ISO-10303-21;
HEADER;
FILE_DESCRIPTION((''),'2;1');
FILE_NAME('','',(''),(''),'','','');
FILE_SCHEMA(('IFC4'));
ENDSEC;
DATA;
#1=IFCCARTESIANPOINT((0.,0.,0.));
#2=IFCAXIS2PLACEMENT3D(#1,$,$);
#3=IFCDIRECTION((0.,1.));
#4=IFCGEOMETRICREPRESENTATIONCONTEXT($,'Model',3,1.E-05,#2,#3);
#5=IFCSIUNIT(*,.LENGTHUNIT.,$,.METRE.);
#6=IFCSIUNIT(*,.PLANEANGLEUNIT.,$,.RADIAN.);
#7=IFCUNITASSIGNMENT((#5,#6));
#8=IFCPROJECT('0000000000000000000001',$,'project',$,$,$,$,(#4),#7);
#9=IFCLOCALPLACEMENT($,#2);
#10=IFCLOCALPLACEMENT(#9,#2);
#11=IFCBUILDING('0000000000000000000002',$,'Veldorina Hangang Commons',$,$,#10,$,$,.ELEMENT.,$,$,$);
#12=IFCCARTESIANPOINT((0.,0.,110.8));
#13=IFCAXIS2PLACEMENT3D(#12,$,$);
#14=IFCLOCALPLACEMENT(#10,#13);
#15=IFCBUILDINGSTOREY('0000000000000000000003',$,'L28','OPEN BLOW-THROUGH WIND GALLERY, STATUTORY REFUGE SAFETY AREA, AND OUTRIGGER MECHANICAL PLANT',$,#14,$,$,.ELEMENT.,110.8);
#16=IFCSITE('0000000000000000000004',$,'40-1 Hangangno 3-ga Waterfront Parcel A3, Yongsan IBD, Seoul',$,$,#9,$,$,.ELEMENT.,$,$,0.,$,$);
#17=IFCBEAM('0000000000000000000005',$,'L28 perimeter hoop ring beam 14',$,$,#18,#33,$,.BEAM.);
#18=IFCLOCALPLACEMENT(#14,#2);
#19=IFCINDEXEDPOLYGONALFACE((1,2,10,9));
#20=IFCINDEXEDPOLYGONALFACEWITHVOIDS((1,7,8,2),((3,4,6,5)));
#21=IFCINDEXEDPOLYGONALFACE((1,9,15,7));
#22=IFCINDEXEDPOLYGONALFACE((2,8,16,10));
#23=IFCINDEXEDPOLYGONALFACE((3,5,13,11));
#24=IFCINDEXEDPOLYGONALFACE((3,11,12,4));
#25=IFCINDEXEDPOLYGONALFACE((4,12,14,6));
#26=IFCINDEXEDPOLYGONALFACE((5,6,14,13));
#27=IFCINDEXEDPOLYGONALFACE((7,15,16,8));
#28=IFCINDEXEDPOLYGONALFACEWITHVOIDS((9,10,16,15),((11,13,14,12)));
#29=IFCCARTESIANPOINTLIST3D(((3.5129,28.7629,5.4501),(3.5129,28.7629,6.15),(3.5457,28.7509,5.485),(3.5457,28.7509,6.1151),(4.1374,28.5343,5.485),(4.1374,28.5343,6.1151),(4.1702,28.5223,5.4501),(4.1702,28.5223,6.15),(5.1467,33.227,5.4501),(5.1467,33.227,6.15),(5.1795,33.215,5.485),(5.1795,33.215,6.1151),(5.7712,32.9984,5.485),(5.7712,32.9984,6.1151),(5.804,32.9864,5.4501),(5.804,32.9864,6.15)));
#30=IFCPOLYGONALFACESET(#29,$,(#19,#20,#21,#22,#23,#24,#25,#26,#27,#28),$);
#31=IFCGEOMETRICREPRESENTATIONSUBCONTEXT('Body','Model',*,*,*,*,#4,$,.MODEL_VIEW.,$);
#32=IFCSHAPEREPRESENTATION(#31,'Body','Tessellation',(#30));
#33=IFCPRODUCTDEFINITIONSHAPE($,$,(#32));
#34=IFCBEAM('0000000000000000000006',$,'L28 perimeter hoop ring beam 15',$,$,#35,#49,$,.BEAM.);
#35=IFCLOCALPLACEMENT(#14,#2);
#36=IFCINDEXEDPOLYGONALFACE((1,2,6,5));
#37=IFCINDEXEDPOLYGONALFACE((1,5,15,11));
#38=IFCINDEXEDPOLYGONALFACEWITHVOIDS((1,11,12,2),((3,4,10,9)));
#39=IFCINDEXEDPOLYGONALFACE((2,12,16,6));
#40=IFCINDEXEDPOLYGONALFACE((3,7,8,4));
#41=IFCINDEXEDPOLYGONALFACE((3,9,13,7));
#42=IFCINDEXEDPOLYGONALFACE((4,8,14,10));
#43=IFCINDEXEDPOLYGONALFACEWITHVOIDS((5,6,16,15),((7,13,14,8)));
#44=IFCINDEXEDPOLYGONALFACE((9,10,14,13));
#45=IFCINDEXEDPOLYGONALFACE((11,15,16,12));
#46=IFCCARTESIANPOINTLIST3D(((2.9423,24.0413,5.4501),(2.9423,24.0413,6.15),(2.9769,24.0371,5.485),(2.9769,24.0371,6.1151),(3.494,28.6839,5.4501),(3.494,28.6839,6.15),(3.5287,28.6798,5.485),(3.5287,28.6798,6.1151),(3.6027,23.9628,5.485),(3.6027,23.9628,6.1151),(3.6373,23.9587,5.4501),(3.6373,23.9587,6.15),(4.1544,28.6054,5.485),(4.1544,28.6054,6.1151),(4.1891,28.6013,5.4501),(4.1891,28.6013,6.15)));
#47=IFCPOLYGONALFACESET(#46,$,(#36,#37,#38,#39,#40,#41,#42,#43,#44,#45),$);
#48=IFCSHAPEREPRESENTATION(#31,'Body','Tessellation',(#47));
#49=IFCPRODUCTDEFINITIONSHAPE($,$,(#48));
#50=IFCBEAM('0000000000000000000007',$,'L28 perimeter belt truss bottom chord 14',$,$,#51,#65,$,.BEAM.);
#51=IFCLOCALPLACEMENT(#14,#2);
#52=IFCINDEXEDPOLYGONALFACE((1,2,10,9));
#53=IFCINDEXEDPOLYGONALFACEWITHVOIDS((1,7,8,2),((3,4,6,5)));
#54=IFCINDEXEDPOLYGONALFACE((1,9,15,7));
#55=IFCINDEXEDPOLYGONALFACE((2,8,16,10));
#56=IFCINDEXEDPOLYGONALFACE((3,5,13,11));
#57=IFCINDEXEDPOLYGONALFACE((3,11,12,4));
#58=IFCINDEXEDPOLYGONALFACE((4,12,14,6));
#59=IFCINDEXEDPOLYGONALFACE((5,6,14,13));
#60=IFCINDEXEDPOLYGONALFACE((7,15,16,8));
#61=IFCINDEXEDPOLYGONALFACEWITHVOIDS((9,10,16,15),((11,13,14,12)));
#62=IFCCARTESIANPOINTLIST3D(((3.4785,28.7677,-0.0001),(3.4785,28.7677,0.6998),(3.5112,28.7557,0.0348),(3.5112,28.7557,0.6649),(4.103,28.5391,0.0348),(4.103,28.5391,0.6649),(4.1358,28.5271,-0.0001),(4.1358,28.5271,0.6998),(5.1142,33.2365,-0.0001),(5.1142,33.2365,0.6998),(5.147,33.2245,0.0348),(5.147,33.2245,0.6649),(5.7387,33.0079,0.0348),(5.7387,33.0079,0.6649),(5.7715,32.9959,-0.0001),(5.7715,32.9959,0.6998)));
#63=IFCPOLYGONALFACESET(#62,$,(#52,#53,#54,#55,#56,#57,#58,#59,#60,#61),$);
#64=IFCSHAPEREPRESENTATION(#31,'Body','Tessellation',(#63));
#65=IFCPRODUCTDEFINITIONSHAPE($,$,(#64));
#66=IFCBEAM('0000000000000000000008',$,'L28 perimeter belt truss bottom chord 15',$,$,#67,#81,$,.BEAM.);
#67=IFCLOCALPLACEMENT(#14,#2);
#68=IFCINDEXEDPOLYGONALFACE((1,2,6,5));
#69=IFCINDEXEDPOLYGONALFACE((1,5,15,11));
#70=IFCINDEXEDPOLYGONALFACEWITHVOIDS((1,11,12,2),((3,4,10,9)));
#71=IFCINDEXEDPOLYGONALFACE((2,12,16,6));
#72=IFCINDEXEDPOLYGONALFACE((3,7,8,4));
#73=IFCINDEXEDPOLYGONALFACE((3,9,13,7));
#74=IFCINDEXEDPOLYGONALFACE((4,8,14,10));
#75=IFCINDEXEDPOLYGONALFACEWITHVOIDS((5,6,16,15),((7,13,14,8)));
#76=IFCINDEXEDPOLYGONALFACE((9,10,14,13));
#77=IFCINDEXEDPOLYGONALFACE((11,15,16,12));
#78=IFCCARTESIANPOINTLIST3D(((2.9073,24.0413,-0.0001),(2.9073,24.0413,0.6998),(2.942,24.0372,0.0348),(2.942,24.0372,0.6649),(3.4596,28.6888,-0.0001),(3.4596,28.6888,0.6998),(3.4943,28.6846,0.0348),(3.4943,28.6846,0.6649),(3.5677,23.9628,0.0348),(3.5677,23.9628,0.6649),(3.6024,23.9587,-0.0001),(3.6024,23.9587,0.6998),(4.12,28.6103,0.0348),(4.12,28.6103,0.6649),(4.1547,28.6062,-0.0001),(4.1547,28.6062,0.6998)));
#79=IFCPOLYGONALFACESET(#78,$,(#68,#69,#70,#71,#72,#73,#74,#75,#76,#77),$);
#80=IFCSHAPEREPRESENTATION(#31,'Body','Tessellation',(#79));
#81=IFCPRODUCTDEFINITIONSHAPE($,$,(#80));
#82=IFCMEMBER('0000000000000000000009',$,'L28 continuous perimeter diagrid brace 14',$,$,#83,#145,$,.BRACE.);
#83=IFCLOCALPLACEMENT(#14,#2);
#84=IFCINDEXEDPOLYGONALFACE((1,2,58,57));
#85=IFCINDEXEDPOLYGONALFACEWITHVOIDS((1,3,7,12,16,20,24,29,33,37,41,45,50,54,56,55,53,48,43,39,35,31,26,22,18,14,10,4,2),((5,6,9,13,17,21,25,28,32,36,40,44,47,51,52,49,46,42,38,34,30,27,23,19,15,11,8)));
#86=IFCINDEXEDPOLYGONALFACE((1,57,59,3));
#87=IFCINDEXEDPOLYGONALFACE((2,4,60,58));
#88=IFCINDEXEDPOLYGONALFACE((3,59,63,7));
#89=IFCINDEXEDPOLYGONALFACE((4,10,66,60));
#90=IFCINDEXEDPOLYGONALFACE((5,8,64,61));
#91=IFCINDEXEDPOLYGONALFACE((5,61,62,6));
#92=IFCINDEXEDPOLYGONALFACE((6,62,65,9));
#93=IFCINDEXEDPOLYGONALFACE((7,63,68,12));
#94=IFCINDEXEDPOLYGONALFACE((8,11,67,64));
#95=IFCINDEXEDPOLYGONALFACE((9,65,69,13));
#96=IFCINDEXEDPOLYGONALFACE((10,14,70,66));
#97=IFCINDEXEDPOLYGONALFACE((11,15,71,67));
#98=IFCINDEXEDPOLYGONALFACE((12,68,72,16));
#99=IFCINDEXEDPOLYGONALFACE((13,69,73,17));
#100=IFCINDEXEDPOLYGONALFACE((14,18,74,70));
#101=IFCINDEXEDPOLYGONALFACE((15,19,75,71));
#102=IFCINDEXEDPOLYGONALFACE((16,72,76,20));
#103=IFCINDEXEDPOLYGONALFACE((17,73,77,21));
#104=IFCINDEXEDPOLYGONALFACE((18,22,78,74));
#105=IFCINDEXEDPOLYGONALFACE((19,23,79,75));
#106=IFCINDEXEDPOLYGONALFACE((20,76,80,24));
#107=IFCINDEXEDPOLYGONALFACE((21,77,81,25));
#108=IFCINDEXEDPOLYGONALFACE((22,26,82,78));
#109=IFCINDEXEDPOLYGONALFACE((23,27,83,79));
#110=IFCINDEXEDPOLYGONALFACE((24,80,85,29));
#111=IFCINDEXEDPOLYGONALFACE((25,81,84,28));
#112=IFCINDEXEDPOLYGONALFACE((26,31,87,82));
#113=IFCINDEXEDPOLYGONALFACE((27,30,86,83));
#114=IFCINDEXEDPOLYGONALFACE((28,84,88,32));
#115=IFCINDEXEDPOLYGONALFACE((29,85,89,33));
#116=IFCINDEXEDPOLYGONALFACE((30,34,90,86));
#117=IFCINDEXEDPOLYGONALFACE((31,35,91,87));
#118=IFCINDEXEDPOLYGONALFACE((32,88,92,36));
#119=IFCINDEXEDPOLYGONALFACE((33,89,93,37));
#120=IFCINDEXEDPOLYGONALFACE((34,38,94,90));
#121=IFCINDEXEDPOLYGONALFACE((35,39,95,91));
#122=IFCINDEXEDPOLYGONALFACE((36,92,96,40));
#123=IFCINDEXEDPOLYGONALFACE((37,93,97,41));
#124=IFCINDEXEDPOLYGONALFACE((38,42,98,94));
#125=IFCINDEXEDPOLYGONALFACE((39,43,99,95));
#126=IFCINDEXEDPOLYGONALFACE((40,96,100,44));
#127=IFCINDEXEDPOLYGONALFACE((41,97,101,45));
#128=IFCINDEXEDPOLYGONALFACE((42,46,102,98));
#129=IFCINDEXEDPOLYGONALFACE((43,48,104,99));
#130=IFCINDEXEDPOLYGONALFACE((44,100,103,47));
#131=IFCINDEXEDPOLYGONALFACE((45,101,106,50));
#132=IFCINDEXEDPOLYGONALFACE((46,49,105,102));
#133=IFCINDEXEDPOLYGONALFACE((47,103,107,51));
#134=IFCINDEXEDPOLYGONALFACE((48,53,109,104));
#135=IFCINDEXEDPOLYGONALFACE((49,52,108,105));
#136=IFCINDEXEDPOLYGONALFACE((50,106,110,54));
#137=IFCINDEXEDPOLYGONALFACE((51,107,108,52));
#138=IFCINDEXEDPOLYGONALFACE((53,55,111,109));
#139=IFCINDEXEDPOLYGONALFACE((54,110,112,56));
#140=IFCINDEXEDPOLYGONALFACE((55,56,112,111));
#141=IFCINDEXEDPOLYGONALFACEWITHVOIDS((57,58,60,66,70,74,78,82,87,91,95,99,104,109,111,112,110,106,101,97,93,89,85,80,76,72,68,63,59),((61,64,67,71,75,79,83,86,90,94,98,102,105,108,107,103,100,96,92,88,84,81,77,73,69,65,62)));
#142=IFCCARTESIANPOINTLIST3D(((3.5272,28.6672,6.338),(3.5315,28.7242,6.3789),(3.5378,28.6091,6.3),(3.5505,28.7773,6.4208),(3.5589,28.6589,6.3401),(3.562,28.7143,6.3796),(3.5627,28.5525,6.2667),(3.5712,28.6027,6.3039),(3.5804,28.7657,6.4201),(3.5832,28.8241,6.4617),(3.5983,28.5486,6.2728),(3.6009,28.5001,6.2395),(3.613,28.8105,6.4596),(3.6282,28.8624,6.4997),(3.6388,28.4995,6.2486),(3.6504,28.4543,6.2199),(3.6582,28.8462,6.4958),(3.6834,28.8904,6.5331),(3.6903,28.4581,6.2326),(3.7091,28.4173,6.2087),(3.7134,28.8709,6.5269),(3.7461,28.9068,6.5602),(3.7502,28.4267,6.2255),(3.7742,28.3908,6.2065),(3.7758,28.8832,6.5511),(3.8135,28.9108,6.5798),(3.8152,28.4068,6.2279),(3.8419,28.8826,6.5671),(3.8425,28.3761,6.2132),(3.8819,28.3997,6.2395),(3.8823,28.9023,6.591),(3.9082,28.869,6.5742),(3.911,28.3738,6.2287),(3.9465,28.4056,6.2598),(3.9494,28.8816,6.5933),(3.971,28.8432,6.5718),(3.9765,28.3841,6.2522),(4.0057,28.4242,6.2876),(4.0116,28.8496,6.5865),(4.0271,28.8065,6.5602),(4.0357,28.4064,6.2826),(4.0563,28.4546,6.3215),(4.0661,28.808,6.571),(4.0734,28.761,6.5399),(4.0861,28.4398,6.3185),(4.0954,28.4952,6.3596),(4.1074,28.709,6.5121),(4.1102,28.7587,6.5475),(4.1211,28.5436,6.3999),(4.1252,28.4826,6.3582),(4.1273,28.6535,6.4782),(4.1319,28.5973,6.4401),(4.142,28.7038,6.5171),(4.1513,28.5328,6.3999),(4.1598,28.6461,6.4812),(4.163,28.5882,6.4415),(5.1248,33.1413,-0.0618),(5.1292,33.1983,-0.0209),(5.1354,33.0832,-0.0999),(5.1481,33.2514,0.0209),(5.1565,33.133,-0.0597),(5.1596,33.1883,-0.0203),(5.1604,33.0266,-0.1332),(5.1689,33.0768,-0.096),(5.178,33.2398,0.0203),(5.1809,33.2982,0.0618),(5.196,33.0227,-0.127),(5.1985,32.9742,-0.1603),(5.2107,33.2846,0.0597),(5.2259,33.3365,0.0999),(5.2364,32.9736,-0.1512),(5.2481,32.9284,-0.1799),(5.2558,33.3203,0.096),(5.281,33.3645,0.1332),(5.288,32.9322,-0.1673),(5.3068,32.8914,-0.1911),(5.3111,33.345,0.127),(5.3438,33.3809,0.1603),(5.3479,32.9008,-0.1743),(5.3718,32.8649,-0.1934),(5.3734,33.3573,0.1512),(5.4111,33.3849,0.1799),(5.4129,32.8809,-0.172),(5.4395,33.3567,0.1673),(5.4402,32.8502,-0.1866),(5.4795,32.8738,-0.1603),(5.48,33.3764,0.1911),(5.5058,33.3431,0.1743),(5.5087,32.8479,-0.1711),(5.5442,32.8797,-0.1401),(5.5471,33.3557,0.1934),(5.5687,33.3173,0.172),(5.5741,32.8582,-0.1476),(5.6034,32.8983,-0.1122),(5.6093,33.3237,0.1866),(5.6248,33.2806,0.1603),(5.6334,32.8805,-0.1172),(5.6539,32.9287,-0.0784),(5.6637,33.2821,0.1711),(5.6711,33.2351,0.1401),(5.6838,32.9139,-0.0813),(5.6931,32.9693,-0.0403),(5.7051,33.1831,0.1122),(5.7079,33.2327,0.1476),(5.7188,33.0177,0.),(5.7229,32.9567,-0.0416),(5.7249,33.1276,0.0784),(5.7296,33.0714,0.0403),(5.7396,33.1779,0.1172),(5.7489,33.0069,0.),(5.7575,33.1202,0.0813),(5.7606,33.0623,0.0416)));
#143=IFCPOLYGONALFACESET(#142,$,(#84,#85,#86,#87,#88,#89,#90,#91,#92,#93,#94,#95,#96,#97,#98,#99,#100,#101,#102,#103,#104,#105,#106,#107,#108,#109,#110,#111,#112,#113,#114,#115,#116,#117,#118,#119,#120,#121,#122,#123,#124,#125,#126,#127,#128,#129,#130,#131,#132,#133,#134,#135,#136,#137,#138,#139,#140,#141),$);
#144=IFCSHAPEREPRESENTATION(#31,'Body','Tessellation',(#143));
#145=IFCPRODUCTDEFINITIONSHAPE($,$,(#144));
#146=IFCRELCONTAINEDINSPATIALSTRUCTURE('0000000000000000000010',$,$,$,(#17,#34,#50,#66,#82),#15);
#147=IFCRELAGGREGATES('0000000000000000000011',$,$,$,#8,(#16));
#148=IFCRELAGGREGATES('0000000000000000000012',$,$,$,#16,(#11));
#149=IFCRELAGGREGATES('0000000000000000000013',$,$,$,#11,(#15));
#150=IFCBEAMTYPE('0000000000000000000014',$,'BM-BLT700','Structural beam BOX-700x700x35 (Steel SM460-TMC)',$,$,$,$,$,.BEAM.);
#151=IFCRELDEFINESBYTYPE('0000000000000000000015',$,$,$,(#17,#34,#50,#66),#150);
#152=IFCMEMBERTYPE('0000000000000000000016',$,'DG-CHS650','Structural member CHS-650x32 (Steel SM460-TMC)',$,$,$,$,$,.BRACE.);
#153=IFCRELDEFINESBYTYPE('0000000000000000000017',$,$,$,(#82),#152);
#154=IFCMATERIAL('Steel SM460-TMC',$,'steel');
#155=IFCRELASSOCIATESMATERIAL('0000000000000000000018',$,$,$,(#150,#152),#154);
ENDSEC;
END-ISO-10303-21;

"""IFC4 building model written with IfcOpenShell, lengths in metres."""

from ifc_helpers import new_model, si_unit, direction, frame, origin, origin_2d, place, context, subcontext, project, spatial, hollow_rectangle, hollow_circle, extrude, material, material_profile, profile_set, type_object, element, save


model = new_model("IFC4")

# Units and contexts
model_context = context("Model", 3, precision=1e-05, world=origin(), true_north=direction((0.0, 1.0)))
body_context = subcontext(model_context, "Body", "Model", "MODEL_VIEW")
ifc_project = project(units=[si_unit("LENGTHUNIT", "METRE"), si_unit("PLANEANGLEUNIT", "RADIAN")], contexts=[model_context])

# Site, building, storey
site_placement = place(None, origin())
site = spatial("IfcSite", under=ifc_project, at=site_placement, Name="40-1 Hangangno 3-ga Waterfront Parcel A3, Yongsan IBD, Seoul", CompositionType="ELEMENT", RefElevation=0.0)
building_placement = place(site_placement, origin())
building = spatial("IfcBuilding", under=site, at=building_placement, Name="Veldorina Hangang Commons", CompositionType="ELEMENT")
storey_placement = place(building_placement, frame((0.0, 0.0, 110.8)))
storey = spatial("IfcBuildingStorey", under=building, at=storey_placement, Name="L28", Description="OPEN BLOW-THROUGH WIND GALLERY, STATUTORY REFUGE SAFETY AREA, AND OUTRIGGER MECHANICAL PLANT", CompositionType="ELEMENT", Elevation=110.8)

# Beams
ifc_material_1 = material(Name="Steel SM460-TMC", Category="steel")
ifc_material_profile_1 = material_profile(ifc_material_1, hollow_rectangle(XDim=0.7, YDim=0.7, WallThickness=0.0349, at=origin_2d()), Name="BOX-700x700x35")
ifc_profile_set_1 = profile_set([ifc_material_profile_1], Name="Steel SM460-TMC")
beam_type = type_object("IfcBeamType", Name="BM-BLT700", Description="Structural beam BOX-700x700x35 (Steel SM460-TMC)", PredefinedType="BEAM", material=ifc_profile_set_1)
beam_1_placement = place(storey_placement, frame((5.4753, 33.1067, 5.8), z_axis=(-0.343689, -0.939084, 0.0), x_axis=(0.939084, -0.343689, 0.0)))
element("IfcBeam", 1, at=beam_1_placement, inside=storey, type_object=beam_type, Name="L28 perimeter hoop ring beam 14", PredefinedType="BEAM", context=body_context, shape_type="SweptSolid", body=[
    extrude(hollow_rectangle(XDim=0.7, YDim=0.7, WallThickness=0.0349, at=origin_2d()), origin(), (0.0, 0.0, 1.0), 4.7537),
])
beam_2_placement = place(storey_placement, frame((3.8416, 28.6426, 5.8), z_axis=(-0.118017, -0.993012, 0.0), x_axis=(0.993012, -0.118017, 0.0)))
element("IfcBeam", 2, at=beam_2_placement, inside=storey, type_object=beam_type, Name="L28 perimeter hoop ring beam 15", PredefinedType="BEAM", context=body_context, shape_type="SweptSolid", body=[
    extrude(hollow_rectangle(XDim=0.7, YDim=0.7, WallThickness=0.0349, at=origin_2d()), origin(), (0.0, 0.0, 1.0), 4.6753),
])
beam_3_placement = place(storey_placement, frame((5.4429, 33.1162, 0.3499), z_axis=(-0.343736, -0.939066, 0.0), x_axis=(0.939066, -0.343736, 0.0)))
element("IfcBeam", 3, at=beam_3_placement, inside=storey, type_object=beam_type, Name="L28 perimeter belt truss bottom chord 14", PredefinedType="BEAM", context=body_context, shape_type="SweptSolid", body=[
    extrude(hollow_rectangle(XDim=0.7, YDim=0.7, WallThickness=0.0349, at=origin_2d()), origin(), (0.0, 0.0, 1.0), 4.7588),
])
beam_4_placement = place(storey_placement, frame((3.8071, 28.6475, 0.3499), z_axis=(-0.117997, -0.993014, 0.0), x_axis=(0.993014, -0.117997, 0.0)))
element("IfcBeam", 4, at=beam_4_placement, inside=storey, type_object=beam_type, Name="L28 perimeter belt truss bottom chord 15", PredefinedType="BEAM", context=body_context, shape_type="SweptSolid", body=[
    extrude(hollow_rectangle(XDim=0.7, YDim=0.7, WallThickness=0.0349, at=origin_2d()), origin(), (0.0, 0.0, 1.0), 4.6802),
])

# Member
ifc_material_profile_2 = material_profile(ifc_material_1, hollow_circle(Radius=0.325, WallThickness=0.032, at=origin_2d()), Name="CHS-650x32")
ifc_profile_set_2 = profile_set([ifc_material_profile_2], Name="Steel SM460-TMC")
member_type_1 = type_object("IfcMemberType", Name="DG-CHS650", Description="Structural member CHS-650x32 (Steel SM460-TMC)", PredefinedType="BRACE", material=ifc_profile_set_2)
member_1_placement = place(storey_placement, frame((5.4429, 33.1162, 0.0), z_axis=(-0.200446, -0.561334, 0.802948), x_axis=(0.941758, -0.336291, 0.0)))
element("IfcMember", 5, at=member_1_placement, inside=storey, type_object=member_type_1, Name="L28 continuous perimeter diagrid brace 14", PredefinedType="BRACE", context=body_context, shape_type="SweptSolid", body=[
    extrude(hollow_circle(Radius=0.325, WallThickness=0.032, at=origin_2d()), origin(), (0.0, 0.0, 1.0), 7.9705),
])

save(model, "model.ifc")
